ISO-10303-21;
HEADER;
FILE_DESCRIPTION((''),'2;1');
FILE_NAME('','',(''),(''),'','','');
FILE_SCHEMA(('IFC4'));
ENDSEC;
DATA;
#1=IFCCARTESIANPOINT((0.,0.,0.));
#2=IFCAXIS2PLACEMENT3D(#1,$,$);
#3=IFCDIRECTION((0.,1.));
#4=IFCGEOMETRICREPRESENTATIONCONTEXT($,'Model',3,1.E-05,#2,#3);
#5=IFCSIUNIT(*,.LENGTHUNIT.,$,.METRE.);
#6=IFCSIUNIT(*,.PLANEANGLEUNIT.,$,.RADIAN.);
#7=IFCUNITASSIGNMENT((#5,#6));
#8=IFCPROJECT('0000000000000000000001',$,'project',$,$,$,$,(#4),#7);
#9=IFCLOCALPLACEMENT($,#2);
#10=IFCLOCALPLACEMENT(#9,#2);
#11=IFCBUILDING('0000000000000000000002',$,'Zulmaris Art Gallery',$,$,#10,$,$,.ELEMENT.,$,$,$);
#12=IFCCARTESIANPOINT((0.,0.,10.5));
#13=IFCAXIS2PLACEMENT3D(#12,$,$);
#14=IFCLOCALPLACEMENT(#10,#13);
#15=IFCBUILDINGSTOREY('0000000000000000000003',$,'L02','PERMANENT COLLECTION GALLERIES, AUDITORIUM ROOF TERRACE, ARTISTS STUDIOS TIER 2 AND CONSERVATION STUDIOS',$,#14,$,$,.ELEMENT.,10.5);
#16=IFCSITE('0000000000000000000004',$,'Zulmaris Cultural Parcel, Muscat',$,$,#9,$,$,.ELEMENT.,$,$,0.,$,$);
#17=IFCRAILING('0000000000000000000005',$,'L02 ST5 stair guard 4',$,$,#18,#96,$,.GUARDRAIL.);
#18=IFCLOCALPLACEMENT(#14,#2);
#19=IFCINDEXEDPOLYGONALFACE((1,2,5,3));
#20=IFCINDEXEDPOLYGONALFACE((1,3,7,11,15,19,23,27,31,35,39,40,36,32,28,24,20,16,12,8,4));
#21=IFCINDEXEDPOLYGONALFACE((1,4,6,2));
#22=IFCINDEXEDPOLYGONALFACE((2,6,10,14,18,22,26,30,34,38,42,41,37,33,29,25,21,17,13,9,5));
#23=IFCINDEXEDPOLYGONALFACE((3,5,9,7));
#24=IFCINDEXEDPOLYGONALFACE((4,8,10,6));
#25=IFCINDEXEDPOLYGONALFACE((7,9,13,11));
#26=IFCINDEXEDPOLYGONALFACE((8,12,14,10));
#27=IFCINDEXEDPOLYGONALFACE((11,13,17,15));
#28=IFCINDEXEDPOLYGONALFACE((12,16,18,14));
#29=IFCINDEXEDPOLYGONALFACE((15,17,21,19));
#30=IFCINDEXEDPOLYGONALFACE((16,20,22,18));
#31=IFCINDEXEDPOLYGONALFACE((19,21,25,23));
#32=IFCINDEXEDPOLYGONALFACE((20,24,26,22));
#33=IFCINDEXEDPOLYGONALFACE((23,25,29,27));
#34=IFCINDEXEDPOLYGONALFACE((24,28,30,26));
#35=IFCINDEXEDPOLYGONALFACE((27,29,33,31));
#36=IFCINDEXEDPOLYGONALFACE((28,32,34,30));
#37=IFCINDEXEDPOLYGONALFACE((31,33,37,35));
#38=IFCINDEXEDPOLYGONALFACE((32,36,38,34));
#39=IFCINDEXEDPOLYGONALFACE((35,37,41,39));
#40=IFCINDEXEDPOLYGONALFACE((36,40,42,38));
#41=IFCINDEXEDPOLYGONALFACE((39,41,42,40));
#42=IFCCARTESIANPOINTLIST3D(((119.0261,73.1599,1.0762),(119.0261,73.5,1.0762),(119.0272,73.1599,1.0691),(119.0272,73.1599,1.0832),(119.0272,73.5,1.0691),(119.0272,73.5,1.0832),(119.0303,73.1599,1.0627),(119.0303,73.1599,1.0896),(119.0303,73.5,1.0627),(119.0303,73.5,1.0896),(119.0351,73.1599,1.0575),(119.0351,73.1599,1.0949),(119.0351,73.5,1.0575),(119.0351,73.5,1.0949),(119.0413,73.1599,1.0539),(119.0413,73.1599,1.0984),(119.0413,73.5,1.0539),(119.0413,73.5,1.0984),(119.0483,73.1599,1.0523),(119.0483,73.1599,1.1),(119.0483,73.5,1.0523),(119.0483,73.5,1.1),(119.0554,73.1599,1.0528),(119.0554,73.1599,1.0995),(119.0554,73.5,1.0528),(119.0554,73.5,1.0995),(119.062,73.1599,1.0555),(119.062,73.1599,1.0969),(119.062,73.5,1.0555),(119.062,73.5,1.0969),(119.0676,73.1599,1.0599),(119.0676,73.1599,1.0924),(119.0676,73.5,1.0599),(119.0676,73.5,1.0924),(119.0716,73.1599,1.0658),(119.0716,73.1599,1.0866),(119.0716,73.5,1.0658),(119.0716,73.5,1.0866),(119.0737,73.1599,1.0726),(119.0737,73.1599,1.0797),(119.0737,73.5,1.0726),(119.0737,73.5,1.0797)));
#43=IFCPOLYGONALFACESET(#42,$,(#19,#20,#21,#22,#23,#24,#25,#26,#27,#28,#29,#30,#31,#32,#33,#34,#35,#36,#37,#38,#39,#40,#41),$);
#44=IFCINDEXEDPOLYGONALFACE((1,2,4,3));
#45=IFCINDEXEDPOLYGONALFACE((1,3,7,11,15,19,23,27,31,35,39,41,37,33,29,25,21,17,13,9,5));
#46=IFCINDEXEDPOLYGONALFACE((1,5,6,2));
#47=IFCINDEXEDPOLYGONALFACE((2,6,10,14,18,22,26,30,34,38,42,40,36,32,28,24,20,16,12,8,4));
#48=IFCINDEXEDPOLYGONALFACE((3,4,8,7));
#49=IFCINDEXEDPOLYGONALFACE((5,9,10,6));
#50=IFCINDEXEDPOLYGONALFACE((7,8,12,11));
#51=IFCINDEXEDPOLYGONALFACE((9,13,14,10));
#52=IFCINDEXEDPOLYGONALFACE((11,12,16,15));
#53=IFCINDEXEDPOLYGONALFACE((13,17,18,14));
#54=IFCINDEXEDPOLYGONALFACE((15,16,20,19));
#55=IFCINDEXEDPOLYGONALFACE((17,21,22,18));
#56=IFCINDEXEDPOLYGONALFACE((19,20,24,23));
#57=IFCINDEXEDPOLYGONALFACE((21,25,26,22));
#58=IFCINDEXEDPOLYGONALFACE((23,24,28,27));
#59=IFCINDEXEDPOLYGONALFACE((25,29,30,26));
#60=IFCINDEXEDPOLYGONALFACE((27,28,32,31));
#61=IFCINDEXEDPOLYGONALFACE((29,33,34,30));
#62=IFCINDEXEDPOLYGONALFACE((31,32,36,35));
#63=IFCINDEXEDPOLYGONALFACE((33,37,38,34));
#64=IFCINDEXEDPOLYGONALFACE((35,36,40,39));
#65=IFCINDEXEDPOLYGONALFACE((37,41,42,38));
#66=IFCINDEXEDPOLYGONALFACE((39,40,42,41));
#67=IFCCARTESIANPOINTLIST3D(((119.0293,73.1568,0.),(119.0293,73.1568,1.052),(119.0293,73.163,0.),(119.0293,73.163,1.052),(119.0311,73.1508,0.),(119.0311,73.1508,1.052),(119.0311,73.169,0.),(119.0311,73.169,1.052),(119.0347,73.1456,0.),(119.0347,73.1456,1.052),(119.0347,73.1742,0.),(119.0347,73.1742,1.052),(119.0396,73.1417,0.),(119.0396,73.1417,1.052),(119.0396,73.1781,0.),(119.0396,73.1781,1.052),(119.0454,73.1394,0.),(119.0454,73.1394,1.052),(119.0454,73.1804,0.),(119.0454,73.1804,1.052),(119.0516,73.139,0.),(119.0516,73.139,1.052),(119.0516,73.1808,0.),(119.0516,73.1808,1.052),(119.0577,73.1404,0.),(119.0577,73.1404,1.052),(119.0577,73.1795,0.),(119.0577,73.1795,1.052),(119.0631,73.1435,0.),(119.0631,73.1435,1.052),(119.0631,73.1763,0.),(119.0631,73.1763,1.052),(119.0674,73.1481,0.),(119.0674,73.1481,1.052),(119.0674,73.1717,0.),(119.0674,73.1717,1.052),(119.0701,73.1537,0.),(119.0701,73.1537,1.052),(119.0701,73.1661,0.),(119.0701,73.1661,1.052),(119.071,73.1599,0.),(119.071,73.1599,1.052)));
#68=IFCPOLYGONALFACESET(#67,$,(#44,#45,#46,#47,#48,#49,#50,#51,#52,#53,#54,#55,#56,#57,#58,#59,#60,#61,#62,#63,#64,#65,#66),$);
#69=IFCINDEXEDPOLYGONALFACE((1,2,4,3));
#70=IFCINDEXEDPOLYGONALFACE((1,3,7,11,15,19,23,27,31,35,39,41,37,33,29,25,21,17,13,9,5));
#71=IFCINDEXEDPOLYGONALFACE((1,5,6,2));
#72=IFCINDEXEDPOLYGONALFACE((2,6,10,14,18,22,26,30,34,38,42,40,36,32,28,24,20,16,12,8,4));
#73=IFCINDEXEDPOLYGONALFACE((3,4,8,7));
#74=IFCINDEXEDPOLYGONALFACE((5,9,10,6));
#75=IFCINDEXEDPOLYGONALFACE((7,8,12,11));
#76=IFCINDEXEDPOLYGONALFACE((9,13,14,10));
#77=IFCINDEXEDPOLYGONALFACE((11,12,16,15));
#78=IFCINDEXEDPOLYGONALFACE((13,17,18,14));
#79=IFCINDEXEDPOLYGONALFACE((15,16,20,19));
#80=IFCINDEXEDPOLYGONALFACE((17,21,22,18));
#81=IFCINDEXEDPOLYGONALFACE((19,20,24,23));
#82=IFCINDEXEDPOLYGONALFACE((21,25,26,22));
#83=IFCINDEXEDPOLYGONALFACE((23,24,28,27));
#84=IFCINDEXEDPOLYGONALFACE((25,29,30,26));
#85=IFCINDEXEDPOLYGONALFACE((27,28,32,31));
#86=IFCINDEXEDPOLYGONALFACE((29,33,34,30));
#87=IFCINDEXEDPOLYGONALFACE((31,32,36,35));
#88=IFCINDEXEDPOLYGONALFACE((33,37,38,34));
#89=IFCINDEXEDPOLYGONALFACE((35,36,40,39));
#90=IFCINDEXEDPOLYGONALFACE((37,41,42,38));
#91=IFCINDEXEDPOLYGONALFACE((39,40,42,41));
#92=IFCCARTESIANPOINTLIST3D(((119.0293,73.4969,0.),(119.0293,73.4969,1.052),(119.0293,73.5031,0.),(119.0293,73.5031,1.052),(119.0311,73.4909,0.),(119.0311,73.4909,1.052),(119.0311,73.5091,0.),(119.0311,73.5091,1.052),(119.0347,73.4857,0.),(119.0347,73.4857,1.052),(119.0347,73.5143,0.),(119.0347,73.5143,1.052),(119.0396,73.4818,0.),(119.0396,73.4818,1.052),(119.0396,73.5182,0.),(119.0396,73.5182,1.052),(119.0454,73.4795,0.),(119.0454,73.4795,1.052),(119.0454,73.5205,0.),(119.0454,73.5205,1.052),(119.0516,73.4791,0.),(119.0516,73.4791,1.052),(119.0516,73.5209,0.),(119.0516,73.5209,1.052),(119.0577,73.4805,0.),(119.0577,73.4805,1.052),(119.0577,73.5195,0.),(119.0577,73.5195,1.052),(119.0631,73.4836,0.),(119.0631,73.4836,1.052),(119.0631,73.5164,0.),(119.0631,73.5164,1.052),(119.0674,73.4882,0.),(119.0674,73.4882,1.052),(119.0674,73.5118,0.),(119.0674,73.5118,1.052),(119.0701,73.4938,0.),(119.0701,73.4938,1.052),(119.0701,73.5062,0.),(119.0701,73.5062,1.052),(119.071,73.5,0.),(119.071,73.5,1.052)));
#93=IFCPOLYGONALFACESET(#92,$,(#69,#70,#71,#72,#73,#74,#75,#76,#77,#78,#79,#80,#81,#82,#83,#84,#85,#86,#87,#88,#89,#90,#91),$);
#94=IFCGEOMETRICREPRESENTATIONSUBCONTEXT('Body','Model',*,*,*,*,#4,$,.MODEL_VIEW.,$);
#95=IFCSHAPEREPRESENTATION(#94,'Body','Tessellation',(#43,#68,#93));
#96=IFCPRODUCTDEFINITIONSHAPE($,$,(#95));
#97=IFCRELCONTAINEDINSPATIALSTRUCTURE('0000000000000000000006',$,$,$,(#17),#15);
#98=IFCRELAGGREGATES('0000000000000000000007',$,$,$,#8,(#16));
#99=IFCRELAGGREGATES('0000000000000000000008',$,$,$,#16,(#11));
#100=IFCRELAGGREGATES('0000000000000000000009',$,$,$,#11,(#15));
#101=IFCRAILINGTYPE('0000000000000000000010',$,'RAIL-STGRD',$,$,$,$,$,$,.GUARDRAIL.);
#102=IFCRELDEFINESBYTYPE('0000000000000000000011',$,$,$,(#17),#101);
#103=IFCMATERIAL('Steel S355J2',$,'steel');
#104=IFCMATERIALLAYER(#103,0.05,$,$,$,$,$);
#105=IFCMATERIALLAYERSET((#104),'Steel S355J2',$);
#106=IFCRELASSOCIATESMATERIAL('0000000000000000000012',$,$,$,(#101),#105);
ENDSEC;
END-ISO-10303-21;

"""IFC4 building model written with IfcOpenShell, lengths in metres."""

from ifc_helpers import new_model, si_unit, direction, frame, origin, origin_2d, place, context, subcontext, project, spatial, circle, extrude, material, layer, layer_set, type_object, element, save


model = new_model("IFC4")

# Units and contexts
model_context = context("Model", 3, precision=1e-05, world=origin(), true_north=direction((0.0, 1.0)))
body_context = subcontext(model_context, "Body", "Model", "MODEL_VIEW")
ifc_project = project(units=[si_unit("LENGTHUNIT", "METRE"), si_unit("PLANEANGLEUNIT", "RADIAN")], contexts=[model_context])

# Site, building, storey
site_placement = place(None, origin())
site = spatial("IfcSite", under=ifc_project, at=site_placement, Name="Zulmaris Cultural Parcel, Muscat", CompositionType="ELEMENT", RefElevation=0.0)
building_placement = place(site_placement, origin())
building = spatial("IfcBuilding", under=site, at=building_placement, Name="Zulmaris Art Gallery", CompositionType="ELEMENT")
storey_placement = place(building_placement, frame((0.0, 0.0, 10.5)))
storey = spatial("IfcBuildingStorey", under=building, at=storey_placement, Name="L02", Description="PERMANENT COLLECTION GALLERIES, AUDITORIUM ROOF TERRACE, ARTISTS STUDIOS TIER 2 AND CONSERVATION STUDIOS", CompositionType="ELEMENT", Elevation=10.5)

# Shared definitions
ifc_material_1 = material(Name="Steel S355J2", Category="steel")

# Railing
ifc_layer_1 = layer(ifc_material_1, 0.05)
ifc_layer_set_1 = layer_set([ifc_layer_1], Name="Steel S355J2")
railing_type_1 = type_object("IfcRailingType", Name="RAIL-STGRD", PredefinedType="GUARDRAIL", material=ifc_layer_set_1)
railing_1_placement = place(storey_placement, frame((119.05, 73.1599, 0.0)))
element("IfcRailing", 1, at=railing_1_placement, inside=storey, type_object=railing_type_1, Name="L02 ST5 stair guard 4", PredefinedType="GUARDRAIL", context=body_context, shape_type="SweptSolid", body=[
    extrude(circle(Radius=0.0239, at=origin_2d()), frame((0.0, 0.0, 1.0762), z_axis=(0.0, 1.0, 0.0), x_axis=(-1.0, 0.0, 0.0)), (0.0, 0.0, 1.0), 0.3401),
    extrude(circle(Radius=0.021, at=origin_2d()), origin(), (0.0, 0.0, 1.0), 1.052),
    extrude(circle(Radius=0.021, at=origin_2d()), frame((0.0, 0.3401, 0.0)), (0.0, 0.0, 1.0), 1.052),
])

save(model, "model.ifc")
